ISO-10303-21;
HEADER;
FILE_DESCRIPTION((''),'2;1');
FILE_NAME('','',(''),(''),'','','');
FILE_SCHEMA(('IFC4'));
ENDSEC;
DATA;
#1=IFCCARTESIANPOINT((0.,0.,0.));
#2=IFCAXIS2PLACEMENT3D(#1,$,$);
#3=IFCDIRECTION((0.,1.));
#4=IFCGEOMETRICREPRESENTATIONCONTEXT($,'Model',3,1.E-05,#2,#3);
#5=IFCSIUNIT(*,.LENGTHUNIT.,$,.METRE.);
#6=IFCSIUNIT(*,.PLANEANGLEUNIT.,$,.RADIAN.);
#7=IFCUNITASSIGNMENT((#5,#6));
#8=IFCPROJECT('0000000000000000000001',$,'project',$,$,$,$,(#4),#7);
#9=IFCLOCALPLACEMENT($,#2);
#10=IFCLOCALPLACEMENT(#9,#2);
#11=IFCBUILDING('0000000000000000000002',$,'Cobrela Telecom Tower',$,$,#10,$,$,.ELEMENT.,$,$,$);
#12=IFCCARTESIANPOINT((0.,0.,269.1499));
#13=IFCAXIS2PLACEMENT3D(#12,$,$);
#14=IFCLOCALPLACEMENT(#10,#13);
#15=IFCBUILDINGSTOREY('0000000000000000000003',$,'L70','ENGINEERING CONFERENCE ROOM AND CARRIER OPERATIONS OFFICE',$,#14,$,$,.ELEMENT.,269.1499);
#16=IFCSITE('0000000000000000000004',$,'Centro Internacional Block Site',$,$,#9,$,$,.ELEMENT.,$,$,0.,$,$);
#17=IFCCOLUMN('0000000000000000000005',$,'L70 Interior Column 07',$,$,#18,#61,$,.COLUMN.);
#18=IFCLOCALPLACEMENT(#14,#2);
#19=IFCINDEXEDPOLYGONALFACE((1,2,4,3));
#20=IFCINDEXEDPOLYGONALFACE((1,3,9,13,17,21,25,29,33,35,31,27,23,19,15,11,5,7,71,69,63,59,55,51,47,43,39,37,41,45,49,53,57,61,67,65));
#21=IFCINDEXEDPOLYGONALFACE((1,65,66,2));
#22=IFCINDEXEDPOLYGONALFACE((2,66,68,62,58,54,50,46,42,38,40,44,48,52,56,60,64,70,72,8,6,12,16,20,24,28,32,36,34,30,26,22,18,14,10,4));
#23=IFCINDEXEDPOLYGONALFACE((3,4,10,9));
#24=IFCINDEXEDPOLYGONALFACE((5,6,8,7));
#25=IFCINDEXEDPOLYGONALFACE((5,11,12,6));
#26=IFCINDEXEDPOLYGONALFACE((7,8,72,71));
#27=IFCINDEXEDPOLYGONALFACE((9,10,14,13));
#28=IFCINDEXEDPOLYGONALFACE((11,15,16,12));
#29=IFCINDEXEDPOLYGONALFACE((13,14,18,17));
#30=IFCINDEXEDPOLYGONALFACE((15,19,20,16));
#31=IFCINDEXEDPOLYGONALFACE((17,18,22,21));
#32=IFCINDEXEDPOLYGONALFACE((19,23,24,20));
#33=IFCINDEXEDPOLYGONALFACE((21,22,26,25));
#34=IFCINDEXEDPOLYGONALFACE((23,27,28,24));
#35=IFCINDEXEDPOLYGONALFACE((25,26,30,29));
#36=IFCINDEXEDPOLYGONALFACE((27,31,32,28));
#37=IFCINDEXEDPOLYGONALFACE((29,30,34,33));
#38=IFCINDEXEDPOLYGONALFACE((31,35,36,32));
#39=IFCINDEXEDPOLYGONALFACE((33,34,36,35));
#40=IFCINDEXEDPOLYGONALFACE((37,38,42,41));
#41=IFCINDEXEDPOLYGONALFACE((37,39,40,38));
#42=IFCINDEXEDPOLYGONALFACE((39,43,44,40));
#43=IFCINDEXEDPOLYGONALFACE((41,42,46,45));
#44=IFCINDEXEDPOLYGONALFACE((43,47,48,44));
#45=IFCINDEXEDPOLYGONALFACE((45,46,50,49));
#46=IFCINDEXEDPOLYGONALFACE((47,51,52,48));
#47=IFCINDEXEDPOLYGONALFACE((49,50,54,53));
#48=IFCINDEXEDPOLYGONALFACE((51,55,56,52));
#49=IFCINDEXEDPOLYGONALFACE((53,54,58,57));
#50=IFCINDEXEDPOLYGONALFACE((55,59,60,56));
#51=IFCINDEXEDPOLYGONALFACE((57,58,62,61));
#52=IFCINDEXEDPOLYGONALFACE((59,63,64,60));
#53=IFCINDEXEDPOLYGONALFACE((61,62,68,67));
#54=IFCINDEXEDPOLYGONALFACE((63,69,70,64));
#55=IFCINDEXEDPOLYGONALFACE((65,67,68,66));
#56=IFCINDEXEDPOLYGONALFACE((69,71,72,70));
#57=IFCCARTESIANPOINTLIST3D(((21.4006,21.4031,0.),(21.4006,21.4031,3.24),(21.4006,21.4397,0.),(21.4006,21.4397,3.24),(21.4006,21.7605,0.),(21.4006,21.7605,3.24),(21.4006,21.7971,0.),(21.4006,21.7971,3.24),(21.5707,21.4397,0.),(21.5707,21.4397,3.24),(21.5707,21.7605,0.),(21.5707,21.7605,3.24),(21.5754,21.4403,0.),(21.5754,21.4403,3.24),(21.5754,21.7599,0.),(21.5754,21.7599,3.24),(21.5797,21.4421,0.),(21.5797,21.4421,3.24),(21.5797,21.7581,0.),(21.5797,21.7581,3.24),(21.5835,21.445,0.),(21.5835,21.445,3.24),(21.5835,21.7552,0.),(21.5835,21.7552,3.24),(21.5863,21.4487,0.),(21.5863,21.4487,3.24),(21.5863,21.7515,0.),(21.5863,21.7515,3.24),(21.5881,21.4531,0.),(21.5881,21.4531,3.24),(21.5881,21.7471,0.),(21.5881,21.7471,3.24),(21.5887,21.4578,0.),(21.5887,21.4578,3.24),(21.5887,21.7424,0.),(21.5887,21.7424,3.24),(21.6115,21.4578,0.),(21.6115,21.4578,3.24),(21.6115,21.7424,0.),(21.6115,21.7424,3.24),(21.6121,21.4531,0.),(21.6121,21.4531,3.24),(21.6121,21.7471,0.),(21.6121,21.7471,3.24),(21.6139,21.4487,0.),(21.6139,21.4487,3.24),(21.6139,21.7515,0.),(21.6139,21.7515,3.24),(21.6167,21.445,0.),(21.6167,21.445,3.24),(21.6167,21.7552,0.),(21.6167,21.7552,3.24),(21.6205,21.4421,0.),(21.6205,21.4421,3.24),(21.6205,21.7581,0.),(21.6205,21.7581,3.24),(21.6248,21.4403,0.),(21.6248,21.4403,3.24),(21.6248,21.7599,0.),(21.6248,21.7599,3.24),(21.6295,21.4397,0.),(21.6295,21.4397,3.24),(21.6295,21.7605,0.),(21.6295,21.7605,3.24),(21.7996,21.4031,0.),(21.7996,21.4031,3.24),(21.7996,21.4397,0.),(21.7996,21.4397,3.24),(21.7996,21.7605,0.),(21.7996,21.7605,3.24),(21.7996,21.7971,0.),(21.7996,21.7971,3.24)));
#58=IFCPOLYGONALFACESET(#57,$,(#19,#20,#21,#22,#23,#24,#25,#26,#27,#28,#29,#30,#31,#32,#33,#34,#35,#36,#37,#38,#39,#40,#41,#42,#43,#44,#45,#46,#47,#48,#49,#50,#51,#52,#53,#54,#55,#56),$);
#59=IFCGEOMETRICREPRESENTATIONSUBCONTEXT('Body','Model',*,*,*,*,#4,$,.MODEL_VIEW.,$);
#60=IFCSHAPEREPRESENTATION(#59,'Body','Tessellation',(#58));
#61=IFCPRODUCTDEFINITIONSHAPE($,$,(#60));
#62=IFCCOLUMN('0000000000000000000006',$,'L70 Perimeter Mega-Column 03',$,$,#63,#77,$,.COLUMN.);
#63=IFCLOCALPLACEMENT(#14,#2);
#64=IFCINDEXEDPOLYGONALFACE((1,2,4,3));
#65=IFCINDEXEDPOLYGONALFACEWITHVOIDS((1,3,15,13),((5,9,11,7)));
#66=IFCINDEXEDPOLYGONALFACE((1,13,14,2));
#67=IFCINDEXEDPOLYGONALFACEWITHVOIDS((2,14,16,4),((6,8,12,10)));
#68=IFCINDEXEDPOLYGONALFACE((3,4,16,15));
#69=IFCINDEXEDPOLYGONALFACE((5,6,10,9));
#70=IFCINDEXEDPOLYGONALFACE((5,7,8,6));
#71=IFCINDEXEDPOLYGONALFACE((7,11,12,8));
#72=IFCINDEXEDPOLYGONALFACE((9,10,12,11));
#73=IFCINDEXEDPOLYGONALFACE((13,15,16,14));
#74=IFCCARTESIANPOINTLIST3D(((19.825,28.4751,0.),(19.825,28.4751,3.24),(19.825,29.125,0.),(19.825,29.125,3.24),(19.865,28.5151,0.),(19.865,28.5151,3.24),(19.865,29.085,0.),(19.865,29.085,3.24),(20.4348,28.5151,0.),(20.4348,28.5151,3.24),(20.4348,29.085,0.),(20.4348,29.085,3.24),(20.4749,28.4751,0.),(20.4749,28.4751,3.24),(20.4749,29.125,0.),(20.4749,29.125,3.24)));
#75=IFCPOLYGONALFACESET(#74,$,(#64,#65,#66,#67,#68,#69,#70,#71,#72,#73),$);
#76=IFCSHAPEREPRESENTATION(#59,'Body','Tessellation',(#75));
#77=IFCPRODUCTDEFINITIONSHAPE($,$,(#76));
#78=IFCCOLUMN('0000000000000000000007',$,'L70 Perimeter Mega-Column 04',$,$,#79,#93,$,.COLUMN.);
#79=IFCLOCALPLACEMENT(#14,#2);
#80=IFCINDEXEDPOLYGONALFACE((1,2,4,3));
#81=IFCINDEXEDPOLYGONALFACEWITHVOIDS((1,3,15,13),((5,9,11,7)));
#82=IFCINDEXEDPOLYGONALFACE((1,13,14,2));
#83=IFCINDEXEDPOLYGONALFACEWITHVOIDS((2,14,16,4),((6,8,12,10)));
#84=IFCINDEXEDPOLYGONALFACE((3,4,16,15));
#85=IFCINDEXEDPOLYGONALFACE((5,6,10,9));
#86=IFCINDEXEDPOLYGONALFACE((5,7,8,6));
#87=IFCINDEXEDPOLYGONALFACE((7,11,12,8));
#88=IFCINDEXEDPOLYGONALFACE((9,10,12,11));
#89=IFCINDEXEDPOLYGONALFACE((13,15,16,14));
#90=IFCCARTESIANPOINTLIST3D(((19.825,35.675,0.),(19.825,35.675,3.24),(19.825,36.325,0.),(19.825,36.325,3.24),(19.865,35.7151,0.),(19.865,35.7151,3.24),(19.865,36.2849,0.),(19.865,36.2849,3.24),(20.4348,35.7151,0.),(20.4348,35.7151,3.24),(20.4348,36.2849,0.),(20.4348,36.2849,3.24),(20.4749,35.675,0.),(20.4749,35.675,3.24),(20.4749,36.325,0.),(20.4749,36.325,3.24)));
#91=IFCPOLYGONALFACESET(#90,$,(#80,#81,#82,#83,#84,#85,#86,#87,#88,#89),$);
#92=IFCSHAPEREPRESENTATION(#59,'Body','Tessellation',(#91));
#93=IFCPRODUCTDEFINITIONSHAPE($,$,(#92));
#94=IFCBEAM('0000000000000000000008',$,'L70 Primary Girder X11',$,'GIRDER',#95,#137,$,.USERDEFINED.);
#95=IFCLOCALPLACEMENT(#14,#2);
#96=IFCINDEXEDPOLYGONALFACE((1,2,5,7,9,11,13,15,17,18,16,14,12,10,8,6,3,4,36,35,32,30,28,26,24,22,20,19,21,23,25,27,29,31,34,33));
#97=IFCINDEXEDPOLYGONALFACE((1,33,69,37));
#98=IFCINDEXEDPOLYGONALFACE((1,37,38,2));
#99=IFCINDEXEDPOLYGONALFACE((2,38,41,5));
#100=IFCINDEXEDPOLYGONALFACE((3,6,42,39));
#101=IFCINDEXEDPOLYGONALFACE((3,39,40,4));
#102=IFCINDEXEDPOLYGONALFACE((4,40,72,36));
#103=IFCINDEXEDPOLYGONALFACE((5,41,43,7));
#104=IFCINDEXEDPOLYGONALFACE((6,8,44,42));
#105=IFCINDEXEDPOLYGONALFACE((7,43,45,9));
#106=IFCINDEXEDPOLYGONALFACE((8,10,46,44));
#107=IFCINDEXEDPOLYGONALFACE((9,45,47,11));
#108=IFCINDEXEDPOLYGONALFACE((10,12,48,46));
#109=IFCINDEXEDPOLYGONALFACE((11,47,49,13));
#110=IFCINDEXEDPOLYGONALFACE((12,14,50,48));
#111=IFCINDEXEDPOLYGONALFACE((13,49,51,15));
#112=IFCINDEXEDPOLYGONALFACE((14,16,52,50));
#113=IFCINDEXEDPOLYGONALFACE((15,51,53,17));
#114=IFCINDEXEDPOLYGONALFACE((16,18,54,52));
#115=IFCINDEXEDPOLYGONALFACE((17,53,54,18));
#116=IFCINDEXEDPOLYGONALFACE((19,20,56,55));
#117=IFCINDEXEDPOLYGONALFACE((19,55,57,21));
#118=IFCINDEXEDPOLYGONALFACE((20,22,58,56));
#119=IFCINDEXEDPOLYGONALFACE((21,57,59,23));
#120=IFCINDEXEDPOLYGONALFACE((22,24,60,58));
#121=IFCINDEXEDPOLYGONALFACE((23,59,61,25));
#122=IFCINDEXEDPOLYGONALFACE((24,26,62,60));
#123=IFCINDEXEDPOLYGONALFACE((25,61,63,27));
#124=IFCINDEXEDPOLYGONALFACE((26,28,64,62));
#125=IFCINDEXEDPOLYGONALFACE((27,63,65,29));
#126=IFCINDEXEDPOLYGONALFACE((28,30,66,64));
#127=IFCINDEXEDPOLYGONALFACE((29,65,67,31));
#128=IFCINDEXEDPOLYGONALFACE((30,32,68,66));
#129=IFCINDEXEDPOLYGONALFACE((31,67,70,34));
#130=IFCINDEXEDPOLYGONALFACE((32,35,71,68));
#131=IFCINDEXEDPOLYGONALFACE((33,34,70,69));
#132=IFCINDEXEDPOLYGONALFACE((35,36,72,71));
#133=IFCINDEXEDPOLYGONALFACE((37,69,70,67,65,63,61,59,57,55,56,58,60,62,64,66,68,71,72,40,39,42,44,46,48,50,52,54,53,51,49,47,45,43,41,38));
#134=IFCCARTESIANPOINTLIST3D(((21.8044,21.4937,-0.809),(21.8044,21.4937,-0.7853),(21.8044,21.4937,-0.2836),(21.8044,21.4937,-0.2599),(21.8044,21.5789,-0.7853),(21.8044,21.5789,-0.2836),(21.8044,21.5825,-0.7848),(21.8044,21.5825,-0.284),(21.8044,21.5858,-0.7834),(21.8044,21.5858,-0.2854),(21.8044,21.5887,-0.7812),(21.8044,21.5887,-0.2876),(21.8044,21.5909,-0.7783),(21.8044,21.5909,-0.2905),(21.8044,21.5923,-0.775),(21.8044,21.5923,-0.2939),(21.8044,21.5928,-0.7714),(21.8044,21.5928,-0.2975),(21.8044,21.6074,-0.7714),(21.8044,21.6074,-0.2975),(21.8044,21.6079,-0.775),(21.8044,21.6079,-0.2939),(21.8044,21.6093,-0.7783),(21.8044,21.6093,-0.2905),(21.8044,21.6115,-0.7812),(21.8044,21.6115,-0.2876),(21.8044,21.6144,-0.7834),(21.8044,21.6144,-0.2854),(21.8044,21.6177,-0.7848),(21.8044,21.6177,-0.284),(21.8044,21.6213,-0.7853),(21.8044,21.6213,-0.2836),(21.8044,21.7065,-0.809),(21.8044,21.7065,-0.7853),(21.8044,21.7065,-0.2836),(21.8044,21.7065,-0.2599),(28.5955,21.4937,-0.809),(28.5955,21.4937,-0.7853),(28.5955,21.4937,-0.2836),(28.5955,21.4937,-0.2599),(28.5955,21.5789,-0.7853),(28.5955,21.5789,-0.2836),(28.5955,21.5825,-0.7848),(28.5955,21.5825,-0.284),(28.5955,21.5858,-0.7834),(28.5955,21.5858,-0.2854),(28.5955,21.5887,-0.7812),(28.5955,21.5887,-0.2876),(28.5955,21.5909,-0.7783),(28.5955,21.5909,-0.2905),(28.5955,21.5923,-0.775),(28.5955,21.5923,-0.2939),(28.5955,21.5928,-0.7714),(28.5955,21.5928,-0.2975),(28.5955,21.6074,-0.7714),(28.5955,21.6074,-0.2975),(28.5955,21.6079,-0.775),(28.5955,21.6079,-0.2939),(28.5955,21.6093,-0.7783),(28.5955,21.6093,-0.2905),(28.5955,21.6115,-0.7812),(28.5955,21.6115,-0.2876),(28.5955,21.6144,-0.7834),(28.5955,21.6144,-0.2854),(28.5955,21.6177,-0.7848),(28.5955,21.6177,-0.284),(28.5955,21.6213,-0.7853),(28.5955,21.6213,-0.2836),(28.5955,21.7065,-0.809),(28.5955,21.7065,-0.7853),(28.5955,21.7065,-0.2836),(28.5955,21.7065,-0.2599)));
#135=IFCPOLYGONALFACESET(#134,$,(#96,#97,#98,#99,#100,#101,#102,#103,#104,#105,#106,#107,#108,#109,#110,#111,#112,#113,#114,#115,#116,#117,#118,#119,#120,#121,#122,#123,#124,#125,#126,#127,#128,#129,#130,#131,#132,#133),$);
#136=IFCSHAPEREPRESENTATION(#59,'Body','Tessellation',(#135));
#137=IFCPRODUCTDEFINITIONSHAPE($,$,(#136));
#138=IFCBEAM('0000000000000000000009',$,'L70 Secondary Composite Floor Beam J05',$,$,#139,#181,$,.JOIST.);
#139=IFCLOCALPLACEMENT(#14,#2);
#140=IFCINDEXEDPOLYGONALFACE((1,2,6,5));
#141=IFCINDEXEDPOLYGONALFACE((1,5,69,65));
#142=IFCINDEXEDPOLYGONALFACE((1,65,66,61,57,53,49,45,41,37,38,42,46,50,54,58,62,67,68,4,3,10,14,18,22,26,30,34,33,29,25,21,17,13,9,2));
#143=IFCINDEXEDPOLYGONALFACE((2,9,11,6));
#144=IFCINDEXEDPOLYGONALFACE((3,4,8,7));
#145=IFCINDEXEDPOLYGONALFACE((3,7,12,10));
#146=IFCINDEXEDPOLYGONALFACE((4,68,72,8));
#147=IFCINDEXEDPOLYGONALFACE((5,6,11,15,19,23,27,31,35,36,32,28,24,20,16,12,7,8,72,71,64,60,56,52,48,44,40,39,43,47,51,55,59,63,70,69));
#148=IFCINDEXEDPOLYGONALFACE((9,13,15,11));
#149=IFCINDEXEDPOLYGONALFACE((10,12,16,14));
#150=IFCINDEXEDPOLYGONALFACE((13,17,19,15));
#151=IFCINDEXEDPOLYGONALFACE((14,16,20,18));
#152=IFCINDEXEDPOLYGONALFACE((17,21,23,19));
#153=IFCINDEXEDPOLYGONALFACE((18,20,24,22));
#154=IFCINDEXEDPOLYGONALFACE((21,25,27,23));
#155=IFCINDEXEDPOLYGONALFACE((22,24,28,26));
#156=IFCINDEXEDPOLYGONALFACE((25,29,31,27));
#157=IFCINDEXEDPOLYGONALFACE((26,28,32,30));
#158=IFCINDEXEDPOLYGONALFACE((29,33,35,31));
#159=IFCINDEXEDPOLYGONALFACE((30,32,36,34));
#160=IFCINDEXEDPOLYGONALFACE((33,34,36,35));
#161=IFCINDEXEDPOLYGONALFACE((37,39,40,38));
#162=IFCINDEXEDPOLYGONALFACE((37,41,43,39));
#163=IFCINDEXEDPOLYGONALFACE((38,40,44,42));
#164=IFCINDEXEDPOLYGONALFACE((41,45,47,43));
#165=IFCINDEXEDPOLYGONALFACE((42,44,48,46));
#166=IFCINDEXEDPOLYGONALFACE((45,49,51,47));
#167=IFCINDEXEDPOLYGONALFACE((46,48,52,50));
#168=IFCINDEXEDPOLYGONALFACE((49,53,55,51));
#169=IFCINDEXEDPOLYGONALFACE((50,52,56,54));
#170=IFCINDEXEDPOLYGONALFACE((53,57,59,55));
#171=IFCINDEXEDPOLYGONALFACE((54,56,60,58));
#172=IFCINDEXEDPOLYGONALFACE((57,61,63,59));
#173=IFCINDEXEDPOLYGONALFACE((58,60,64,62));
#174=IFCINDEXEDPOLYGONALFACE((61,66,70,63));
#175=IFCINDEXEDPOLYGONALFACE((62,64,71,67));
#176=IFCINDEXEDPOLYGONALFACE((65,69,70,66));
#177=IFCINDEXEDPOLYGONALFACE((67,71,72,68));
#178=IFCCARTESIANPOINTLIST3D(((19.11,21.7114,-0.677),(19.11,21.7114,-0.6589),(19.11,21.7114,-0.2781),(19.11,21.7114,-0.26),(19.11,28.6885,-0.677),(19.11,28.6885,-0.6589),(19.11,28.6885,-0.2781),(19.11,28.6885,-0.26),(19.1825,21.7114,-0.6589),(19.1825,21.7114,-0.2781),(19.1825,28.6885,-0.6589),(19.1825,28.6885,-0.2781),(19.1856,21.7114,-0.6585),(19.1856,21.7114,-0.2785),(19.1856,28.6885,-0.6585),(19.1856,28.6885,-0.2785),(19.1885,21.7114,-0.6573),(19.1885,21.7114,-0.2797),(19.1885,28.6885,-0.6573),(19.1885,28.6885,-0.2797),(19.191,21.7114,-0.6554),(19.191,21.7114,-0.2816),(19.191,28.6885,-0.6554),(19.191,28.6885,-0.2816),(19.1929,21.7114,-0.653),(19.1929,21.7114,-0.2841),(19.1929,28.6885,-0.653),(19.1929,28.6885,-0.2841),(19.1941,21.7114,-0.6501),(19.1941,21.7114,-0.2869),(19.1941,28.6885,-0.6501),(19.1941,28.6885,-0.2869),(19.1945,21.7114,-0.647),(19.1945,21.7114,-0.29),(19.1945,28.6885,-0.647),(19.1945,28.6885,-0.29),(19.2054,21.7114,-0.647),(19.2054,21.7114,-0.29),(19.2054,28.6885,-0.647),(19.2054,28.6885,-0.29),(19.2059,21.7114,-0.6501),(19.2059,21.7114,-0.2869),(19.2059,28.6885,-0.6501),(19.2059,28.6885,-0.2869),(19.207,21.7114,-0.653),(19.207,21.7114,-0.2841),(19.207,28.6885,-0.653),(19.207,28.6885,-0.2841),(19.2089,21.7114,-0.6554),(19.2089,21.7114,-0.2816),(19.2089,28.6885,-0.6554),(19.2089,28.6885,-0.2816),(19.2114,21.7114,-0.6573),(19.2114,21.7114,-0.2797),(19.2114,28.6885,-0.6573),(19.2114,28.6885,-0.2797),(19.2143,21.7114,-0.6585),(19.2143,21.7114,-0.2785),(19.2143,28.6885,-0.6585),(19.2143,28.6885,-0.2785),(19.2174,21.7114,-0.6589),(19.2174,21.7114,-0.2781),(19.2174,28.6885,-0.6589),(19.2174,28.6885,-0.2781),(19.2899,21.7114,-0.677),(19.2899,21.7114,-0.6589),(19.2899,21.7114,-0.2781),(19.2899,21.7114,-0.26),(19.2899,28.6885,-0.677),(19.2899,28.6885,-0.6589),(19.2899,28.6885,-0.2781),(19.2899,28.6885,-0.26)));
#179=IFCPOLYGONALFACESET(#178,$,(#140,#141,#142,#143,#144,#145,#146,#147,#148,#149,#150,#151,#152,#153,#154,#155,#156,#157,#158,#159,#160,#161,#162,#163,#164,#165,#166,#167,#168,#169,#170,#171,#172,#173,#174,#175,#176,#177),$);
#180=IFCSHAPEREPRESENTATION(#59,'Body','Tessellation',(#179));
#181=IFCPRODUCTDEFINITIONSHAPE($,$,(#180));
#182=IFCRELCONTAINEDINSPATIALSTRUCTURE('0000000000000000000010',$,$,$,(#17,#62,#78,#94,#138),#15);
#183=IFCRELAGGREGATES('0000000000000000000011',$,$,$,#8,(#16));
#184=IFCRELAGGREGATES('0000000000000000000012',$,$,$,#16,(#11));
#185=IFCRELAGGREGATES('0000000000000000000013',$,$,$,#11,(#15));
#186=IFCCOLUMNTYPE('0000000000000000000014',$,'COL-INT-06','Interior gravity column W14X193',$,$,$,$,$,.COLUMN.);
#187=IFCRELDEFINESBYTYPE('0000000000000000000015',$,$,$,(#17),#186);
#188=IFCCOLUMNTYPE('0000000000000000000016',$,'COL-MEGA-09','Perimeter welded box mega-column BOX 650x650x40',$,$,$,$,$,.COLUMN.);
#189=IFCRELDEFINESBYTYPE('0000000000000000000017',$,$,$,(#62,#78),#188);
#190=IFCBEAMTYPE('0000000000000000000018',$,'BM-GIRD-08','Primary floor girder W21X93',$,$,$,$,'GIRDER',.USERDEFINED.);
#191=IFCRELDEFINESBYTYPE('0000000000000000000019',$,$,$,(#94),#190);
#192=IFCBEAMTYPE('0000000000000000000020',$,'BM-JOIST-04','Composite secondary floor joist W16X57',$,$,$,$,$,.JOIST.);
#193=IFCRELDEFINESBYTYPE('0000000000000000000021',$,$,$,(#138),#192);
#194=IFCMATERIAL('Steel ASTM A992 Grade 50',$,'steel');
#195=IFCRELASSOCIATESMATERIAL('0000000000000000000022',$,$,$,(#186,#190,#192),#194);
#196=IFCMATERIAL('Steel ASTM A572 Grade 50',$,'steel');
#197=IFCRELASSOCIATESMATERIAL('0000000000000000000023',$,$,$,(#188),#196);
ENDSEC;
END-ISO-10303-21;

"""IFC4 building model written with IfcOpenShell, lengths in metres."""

from ifc_helpers import new_model, si_unit, direction, frame, origin, origin_2d, place, context, subcontext, project, spatial, hollow_rectangle, i_section, extrude, material, material_profile, profile_set, type_object, element, save


model = new_model("IFC4")

# Units and contexts
model_context = context("Model", 3, precision=1e-05, world=origin(), true_north=direction((0.0, 1.0)))
body_context = subcontext(model_context, "Body", "Model", "MODEL_VIEW")
ifc_project = project(units=[si_unit("LENGTHUNIT", "METRE"), si_unit("PLANEANGLEUNIT", "RADIAN")], contexts=[model_context])

# Site, building, storey
site_placement = place(None, origin())
site = spatial("IfcSite", under=ifc_project, at=site_placement, Name="Centro Internacional Block Site", CompositionType="ELEMENT", RefElevation=0.0)
building_placement = place(site_placement, origin())
building = spatial("IfcBuilding", under=site, at=building_placement, Name="Cobrela Telecom Tower", CompositionType="ELEMENT")
storey_placement = place(building_placement, frame((0.0, 0.0, 269.1499)))
storey = spatial("IfcBuildingStorey", under=building, at=storey_placement, Name="L70", Description="ENGINEERING CONFERENCE ROOM AND CARRIER OPERATIONS OFFICE", CompositionType="ELEMENT", Elevation=269.1499)

# Columns
ifc_material_1 = material(Name="Steel ASTM A992 Grade 50", Category="steel")
ifc_material_profile_1 = material_profile(ifc_material_1, i_section(OverallWidth=0.3989, OverallDepth=0.394, WebThickness=0.0227, FlangeThickness=0.0366, FilletRadius=0.0181, at=origin_2d()), Name="W14X193")
ifc_profile_set_1 = profile_set([ifc_material_profile_1], Name="Steel ASTM A992 Grade 50")
column_type_1 = type_object("IfcColumnType", Name="COL-INT-06", Description="Interior gravity column W14X193", PredefinedType="COLUMN", material=ifc_profile_set_1)
column_placement = place(storey_placement, frame((21.6001, 21.6001, 0.0), z_axis=(0.0, 0.0, 1.0), x_axis=(1.0, 0.0, 0.0)))
element("IfcColumn", 1, at=column_placement, inside=storey, type_object=column_type_1, Name="L70 Interior Column 07", PredefinedType="COLUMN", context=body_context, shape_type="SweptSolid", body=[
    extrude(i_section(OverallWidth=0.3989, OverallDepth=0.394, WebThickness=0.0227, FlangeThickness=0.0366, FilletRadius=0.0181, at=origin_2d()), origin(), (0.0, 0.0, 1.0), 3.24),
])
ifc_material_2 = material(Name="Steel ASTM A572 Grade 50", Category="steel")
ifc_material_profile_2 = material_profile(ifc_material_2, hollow_rectangle(XDim=0.6499, YDim=0.6499, WallThickness=0.04, at=origin_2d()), Name="BOX 650x650x40")
ifc_profile_set_2 = profile_set([ifc_material_profile_2], Name="Steel ASTM A572 Grade 50")
column_type_2 = type_object("IfcColumnType", Name="COL-MEGA-09", Description="Perimeter welded box mega-column BOX 650x650x40", PredefinedType="COLUMN", material=ifc_profile_set_2)
for number, where, z_axis, x_axis, name in (
    (2, (20.1499, 28.8, 0.0), (0.0, 0.0, 1.0), (1.0, 0.0, 0.0), "L70 Perimeter Mega-Column 03"),
    (3, (20.1499, 36.0, 0.0), (0.0, 0.0, 1.0), (1.0, 0.0, 0.0), "L70 Perimeter Mega-Column 04"),
):
    element("IfcColumn", number, at=place(storey_placement, frame(where, z_axis=z_axis, x_axis=x_axis)), inside=storey, type_object=column_type_2, Name=name, PredefinedType="COLUMN", context=body_context, shape_type="SweptSolid", body=[
        extrude(hollow_rectangle(XDim=0.6499, YDim=0.6499, WallThickness=0.04, at=origin_2d()), origin(), (0.0, 0.0, 1.0), 3.24),
    ])

# Beams
ifc_material_profile_3 = material_profile(ifc_material_1, i_section(OverallWidth=0.2129, OverallDepth=0.5491, WebThickness=0.0146, FlangeThickness=0.0237, FilletRadius=0.0139, at=origin_2d()), Name="W21X93")
ifc_profile_set_3 = profile_set([ifc_material_profile_3], Name="Steel ASTM A992 Grade 50")
beam_type_1 = type_object("IfcBeamType", Name="BM-GIRD-08", Description="Primary floor girder W21X93", ElementType="GIRDER", PredefinedType="USERDEFINED", material=ifc_profile_set_3)
beam_1_placement = place(storey_placement, frame((21.8044, 21.6001, -0.5344), z_axis=(1.0, 0.0, 0.0), x_axis=(0.0, 1.0, 0.0)))
element("IfcBeam", 4, at=beam_1_placement, inside=storey, type_object=beam_type_1, Name="L70 Primary Girder X11", ObjectType="GIRDER", PredefinedType="USERDEFINED", context=body_context, shape_type="SweptSolid", body=[
    extrude(i_section(OverallWidth=0.2129, OverallDepth=0.5491, WebThickness=0.0146, FlangeThickness=0.0237, FilletRadius=0.0139, at=origin_2d()), origin(), (0.0, 0.0, 1.0), 6.791),
])
ifc_material_profile_4 = material_profile(ifc_material_1, i_section(OverallWidth=0.1799, OverallDepth=0.417, WebThickness=0.011, FlangeThickness=0.0181, FilletRadius=0.012, at=origin_2d()), Name="W16X57")
ifc_profile_set_4 = profile_set([ifc_material_profile_4], Name="Steel ASTM A992 Grade 50")
beam_type_2 = type_object("IfcBeamType", Name="BM-JOIST-04", Description="Composite secondary floor joist W16X57", PredefinedType="JOIST", material=ifc_profile_set_4)
beam_2_placement = place(storey_placement, frame((19.2, 21.7114, -0.4685), z_axis=(0.0, 1.0, 0.0), x_axis=(-1.0, 0.0, 0.0)))
element("IfcBeam", 5, at=beam_2_placement, inside=storey, type_object=beam_type_2, Name="L70 Secondary Composite Floor Beam J05", PredefinedType="JOIST", context=body_context, shape_type="SweptSolid", body=[
    extrude(i_section(OverallWidth=0.1799, OverallDepth=0.417, WebThickness=0.011, FlangeThickness=0.0181, FilletRadius=0.012, at=origin_2d()), origin(), (0.0, 0.0, 1.0), 6.9771),
])

save(model, "model.ifc")
